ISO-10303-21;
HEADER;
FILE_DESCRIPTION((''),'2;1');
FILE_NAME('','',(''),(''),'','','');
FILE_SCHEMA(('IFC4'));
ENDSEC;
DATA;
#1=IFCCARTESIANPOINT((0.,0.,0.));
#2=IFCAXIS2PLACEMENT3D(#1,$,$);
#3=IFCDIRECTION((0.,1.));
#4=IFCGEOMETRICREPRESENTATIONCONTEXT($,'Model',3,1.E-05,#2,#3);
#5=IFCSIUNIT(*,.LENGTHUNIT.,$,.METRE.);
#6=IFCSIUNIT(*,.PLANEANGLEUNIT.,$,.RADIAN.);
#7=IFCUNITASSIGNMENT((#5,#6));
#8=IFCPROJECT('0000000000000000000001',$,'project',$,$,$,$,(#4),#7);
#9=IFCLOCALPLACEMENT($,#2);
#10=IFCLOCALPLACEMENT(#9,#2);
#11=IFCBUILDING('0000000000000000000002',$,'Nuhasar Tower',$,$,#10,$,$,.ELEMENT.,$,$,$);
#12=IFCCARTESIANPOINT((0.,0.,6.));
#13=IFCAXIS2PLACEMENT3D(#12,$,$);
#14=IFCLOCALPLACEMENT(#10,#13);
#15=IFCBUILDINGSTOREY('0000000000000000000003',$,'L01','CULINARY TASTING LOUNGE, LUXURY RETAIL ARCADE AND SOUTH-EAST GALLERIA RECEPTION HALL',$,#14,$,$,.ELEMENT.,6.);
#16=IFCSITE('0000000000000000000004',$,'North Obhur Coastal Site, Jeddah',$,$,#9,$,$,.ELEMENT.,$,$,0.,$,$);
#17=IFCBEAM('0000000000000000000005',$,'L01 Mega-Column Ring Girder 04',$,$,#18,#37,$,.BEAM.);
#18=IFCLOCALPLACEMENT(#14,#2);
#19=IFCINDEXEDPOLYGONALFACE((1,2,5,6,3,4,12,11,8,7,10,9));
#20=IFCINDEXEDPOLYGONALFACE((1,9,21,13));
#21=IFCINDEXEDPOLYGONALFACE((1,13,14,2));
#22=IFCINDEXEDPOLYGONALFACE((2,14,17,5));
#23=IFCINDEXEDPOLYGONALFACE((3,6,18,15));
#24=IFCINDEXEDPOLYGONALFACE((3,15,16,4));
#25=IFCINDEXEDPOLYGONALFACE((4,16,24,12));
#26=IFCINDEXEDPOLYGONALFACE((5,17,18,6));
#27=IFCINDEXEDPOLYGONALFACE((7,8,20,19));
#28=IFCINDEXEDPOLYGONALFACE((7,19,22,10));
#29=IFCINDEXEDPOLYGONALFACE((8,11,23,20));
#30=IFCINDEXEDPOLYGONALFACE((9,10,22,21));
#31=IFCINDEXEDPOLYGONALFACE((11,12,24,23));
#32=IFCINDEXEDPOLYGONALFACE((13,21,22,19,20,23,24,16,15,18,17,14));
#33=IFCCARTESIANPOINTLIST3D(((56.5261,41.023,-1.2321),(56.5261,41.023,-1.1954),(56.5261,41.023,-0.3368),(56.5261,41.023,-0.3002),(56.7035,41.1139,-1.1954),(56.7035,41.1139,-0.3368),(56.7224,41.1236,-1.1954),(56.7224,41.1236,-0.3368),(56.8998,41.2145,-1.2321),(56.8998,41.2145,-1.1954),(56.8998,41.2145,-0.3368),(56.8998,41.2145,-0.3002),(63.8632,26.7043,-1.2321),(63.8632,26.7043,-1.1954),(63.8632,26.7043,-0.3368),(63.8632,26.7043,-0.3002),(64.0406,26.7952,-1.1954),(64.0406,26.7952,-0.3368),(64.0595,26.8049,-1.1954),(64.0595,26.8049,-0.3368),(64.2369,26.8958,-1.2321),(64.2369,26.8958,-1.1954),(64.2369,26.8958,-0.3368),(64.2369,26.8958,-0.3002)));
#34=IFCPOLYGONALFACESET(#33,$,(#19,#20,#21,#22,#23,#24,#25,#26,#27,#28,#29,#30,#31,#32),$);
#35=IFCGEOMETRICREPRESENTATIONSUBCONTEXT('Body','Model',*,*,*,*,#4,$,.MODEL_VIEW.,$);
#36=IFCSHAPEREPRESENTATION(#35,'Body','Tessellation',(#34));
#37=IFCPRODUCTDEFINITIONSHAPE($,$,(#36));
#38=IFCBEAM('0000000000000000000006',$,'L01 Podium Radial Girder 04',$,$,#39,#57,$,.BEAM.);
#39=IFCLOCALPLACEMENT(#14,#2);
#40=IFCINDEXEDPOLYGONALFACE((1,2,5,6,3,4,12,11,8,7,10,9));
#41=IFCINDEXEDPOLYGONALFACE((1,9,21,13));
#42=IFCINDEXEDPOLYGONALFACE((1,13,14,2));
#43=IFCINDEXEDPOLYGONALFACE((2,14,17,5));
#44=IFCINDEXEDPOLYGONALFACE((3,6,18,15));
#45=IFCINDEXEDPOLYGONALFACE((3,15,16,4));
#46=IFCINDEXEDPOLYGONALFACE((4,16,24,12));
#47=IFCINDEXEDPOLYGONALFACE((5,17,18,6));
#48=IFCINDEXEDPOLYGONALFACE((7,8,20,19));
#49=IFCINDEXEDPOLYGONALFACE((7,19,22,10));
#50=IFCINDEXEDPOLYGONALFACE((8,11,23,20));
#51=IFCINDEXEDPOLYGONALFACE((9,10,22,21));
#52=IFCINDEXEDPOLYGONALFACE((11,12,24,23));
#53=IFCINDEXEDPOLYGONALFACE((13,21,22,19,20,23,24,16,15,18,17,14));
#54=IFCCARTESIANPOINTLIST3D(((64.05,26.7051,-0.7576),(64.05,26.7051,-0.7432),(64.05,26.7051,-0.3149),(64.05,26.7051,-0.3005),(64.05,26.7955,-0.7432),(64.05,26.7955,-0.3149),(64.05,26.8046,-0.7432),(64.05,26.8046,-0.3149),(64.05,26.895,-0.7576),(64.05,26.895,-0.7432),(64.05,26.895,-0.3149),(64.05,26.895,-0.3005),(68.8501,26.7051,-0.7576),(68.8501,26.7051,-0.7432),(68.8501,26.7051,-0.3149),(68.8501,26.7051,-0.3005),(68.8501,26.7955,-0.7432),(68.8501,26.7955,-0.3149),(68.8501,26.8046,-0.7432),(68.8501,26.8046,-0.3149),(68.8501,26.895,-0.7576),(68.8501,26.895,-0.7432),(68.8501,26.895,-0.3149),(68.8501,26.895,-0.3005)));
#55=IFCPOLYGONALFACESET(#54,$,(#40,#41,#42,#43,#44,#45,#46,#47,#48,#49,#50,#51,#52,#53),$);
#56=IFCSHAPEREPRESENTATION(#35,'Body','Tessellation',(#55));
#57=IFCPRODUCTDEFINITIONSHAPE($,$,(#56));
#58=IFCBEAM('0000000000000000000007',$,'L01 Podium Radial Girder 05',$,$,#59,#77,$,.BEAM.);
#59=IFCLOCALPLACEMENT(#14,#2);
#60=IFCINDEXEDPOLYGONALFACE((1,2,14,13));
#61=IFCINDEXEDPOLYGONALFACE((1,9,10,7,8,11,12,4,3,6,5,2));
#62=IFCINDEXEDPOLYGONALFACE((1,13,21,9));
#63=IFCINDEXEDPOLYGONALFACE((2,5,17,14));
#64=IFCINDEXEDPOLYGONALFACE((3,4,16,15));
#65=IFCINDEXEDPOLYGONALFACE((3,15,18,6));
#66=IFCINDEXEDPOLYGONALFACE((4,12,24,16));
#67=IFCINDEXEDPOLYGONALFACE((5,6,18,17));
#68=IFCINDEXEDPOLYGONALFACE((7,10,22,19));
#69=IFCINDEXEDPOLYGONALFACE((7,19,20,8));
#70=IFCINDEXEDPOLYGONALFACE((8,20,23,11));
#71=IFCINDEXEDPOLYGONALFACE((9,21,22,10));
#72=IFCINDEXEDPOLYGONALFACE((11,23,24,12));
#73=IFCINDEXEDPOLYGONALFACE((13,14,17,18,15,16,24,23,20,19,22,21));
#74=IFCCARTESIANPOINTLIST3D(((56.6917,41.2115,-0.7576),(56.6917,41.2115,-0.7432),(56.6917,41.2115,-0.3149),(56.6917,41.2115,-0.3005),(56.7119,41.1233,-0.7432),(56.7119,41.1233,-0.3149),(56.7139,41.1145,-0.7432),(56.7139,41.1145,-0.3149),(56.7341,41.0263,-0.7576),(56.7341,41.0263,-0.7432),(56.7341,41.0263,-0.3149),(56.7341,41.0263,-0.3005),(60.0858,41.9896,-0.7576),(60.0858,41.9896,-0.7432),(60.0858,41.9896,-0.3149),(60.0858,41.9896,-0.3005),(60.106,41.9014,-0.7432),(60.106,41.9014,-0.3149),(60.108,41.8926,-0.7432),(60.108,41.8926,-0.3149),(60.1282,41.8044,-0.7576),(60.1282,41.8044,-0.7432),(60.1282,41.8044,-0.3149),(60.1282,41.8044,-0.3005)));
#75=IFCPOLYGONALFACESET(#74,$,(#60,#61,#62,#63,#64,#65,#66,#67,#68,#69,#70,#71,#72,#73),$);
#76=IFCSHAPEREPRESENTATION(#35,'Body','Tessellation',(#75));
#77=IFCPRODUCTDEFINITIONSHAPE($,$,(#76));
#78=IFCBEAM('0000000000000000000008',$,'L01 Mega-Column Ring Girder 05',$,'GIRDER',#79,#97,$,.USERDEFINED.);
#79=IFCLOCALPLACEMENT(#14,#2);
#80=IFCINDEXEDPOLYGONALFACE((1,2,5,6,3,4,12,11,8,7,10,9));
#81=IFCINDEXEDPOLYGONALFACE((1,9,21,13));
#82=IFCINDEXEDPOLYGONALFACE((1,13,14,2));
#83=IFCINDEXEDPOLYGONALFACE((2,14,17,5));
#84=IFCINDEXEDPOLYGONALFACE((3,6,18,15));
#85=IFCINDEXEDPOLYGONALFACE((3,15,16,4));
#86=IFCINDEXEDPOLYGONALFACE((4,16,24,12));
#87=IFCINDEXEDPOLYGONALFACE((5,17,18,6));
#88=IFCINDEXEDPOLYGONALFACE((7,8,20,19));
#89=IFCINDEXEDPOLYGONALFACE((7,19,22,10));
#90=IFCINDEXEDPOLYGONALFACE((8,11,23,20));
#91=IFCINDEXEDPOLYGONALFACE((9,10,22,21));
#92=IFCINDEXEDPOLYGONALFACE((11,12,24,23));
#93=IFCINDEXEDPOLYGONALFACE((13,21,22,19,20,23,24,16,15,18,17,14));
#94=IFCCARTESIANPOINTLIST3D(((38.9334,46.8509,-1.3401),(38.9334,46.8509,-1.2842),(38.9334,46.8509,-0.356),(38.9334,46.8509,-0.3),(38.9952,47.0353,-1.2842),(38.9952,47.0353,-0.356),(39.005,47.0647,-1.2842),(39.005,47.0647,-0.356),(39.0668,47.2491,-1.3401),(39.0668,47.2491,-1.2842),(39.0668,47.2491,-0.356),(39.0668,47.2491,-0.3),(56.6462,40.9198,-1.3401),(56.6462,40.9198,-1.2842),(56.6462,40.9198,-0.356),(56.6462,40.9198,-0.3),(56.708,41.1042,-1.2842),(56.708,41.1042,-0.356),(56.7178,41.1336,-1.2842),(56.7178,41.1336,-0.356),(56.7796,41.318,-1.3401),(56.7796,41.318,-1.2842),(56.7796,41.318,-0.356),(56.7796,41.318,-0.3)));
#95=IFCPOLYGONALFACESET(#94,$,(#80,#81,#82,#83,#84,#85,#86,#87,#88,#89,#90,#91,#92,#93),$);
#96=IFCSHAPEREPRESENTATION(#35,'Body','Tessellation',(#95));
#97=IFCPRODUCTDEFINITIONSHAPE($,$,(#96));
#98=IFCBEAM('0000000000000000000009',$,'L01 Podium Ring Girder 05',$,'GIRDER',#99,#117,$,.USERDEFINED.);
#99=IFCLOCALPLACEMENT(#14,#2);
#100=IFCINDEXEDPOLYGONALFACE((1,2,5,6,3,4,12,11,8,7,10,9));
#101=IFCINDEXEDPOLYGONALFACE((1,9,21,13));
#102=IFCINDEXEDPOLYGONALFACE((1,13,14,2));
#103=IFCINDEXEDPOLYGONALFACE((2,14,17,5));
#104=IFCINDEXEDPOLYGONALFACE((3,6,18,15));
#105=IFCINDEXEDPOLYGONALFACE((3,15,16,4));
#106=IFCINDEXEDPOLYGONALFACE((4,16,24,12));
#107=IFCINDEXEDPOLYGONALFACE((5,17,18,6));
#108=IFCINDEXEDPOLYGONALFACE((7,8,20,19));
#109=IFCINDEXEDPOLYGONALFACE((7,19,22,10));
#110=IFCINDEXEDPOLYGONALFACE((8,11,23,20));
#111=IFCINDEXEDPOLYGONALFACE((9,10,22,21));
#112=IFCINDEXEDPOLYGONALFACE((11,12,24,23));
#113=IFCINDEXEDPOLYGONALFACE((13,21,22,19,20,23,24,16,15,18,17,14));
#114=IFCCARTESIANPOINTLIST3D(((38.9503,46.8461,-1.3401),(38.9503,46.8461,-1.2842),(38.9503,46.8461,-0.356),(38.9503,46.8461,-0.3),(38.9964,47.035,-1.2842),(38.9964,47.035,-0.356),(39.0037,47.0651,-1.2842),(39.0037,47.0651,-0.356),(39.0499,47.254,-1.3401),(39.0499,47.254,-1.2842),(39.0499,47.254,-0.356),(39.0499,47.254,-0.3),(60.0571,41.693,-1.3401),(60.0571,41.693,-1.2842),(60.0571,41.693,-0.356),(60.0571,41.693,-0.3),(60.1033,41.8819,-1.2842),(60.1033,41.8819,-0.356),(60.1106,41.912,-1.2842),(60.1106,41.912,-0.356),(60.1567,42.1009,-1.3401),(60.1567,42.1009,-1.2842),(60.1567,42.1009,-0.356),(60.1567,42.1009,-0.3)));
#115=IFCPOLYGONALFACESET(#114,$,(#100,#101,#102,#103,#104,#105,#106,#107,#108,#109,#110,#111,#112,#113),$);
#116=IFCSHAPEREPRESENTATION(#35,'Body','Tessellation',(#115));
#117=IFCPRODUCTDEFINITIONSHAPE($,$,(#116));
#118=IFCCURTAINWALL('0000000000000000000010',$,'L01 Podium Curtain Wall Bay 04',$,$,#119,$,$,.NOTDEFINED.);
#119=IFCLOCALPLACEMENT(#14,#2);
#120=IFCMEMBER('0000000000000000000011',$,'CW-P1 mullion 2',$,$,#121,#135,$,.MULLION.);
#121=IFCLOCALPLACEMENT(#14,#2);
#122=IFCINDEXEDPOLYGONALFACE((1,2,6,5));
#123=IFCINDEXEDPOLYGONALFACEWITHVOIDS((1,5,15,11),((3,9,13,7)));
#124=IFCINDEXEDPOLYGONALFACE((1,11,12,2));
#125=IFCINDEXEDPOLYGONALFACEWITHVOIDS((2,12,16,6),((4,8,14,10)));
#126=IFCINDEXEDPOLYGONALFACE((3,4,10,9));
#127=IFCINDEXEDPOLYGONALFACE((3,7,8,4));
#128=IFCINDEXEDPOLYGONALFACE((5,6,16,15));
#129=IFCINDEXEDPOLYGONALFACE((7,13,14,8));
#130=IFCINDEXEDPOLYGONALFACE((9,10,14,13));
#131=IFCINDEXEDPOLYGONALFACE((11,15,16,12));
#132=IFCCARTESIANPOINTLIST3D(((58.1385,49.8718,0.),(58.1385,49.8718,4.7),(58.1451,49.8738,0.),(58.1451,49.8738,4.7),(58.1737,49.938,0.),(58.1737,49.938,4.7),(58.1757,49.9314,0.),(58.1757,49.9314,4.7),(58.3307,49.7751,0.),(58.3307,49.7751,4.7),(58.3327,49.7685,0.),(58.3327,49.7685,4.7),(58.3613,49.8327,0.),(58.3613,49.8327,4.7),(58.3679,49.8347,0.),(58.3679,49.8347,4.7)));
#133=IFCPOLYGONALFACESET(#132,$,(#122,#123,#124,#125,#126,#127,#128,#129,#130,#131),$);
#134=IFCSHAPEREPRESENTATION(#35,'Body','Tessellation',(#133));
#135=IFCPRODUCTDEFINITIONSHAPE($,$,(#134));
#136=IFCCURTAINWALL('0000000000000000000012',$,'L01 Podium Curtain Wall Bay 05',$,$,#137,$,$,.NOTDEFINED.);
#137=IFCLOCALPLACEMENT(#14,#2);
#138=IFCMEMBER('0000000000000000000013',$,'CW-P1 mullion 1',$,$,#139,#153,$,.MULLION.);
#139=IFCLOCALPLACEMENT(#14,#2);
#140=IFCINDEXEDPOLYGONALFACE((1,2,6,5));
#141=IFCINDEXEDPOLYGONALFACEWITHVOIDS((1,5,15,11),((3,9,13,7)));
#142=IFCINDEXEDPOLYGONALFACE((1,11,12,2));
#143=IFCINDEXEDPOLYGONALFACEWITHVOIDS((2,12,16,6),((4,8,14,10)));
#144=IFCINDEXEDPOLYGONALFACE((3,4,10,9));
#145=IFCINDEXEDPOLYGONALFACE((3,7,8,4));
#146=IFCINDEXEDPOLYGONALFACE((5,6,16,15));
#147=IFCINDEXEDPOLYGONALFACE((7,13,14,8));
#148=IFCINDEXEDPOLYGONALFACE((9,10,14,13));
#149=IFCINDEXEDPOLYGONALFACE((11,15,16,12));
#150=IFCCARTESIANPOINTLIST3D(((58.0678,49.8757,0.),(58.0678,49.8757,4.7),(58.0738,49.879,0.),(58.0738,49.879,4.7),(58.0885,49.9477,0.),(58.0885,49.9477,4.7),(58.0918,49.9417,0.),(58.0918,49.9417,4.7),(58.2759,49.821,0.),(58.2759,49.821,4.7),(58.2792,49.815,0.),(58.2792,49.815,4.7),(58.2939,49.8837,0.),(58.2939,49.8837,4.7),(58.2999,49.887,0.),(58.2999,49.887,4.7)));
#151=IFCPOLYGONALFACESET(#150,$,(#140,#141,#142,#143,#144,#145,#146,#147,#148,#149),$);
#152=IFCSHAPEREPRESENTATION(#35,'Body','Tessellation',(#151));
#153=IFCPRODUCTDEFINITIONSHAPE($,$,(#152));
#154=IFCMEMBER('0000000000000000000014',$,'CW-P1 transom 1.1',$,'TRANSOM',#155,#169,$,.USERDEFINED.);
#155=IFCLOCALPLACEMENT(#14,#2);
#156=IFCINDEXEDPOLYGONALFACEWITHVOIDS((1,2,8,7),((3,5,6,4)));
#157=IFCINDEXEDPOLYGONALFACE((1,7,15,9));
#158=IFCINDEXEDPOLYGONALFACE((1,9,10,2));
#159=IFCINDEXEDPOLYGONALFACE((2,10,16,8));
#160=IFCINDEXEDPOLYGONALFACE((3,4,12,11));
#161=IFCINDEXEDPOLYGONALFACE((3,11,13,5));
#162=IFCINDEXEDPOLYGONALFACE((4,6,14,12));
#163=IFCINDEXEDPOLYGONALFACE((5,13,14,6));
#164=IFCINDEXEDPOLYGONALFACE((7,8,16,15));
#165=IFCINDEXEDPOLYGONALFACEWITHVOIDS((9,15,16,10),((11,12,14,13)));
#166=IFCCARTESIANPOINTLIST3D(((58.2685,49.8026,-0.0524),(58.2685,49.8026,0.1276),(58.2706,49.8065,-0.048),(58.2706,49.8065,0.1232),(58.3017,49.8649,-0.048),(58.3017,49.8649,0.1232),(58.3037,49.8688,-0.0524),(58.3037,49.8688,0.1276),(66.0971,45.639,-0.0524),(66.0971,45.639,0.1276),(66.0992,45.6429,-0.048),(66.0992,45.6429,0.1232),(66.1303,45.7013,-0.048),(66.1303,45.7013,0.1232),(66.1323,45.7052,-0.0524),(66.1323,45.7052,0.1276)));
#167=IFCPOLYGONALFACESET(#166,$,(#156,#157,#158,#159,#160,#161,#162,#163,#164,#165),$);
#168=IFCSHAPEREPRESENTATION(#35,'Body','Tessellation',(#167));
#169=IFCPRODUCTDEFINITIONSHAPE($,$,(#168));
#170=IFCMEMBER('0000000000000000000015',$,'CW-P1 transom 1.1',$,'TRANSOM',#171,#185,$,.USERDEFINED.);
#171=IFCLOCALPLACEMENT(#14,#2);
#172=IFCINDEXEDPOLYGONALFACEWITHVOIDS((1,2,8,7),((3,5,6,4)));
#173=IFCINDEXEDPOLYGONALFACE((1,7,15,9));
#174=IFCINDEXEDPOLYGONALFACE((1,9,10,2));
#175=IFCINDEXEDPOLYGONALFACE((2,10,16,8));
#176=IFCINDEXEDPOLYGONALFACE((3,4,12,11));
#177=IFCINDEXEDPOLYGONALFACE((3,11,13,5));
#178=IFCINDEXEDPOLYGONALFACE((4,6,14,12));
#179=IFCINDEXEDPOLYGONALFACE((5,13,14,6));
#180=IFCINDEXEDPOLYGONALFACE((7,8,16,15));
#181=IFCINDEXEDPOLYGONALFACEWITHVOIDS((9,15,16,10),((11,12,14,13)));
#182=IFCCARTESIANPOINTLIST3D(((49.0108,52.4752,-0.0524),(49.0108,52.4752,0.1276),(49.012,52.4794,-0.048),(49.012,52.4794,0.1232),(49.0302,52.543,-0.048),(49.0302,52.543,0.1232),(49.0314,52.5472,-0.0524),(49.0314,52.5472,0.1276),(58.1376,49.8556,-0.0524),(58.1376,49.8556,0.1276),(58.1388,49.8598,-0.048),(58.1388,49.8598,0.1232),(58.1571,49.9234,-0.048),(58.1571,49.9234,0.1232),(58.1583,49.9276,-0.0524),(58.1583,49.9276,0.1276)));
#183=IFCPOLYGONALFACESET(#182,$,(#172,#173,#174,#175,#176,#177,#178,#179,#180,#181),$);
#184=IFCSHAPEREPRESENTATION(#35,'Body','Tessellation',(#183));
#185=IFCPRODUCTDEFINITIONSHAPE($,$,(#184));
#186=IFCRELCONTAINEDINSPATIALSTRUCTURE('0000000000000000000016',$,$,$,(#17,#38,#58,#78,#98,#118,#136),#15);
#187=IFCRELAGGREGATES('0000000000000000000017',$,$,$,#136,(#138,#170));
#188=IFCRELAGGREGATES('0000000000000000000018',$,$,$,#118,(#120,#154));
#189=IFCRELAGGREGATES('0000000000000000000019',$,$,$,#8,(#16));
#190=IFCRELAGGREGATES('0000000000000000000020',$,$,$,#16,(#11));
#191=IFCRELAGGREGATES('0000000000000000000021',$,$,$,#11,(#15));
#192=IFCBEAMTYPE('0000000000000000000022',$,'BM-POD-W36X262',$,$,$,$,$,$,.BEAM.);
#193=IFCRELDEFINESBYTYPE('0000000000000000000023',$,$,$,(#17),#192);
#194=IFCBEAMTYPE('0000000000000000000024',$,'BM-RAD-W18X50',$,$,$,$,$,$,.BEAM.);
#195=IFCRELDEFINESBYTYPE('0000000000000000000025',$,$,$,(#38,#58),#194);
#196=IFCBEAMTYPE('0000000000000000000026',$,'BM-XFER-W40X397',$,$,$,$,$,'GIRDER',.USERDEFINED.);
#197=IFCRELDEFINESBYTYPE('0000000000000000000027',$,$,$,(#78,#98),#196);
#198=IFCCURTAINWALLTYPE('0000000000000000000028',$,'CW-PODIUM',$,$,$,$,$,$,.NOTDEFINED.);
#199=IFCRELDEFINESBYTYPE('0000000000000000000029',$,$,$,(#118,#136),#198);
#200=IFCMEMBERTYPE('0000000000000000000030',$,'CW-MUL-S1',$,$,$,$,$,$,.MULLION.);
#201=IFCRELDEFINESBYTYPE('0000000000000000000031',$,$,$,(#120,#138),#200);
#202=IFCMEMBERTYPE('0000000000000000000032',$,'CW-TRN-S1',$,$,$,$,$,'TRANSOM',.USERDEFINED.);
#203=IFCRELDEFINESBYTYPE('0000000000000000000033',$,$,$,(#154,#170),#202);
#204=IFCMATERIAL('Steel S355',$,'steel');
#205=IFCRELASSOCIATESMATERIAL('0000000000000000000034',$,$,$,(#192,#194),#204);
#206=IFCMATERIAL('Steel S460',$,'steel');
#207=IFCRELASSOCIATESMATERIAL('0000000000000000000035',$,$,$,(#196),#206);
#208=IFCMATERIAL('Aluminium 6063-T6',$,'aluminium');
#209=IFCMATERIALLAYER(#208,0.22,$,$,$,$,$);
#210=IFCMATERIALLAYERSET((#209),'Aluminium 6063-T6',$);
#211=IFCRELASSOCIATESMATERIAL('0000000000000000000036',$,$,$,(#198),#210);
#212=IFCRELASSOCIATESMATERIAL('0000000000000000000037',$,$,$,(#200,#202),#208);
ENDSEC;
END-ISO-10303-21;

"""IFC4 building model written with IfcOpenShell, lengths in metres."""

from ifc_helpers import new_model, si_unit, direction, frame, origin, origin_2d, place, context, subcontext, project, spatial, hollow_rectangle, i_section, extrude, material, layer, layer_set, material_profile, profile_set, type_object, element, aggregate, save


model = new_model("IFC4")

# Units and contexts
model_context = context("Model", 3, precision=1e-05, world=origin(), true_north=direction((0.0, 1.0)))
body_context = subcontext(model_context, "Body", "Model", "MODEL_VIEW")
ifc_project = project(units=[si_unit("LENGTHUNIT", "METRE"), si_unit("PLANEANGLEUNIT", "RADIAN")], contexts=[model_context])

# Site, building, storey
site_placement = place(None, origin())
site = spatial("IfcSite", under=ifc_project, at=site_placement, Name="North Obhur Coastal Site, Jeddah", CompositionType="ELEMENT", RefElevation=0.0)
building_placement = place(site_placement, origin())
building = spatial("IfcBuilding", under=site, at=building_placement, Name="Nuhasar Tower", CompositionType="ELEMENT")
storey_placement = place(building_placement, frame((0.0, 0.0, 6.0)))
storey = spatial("IfcBuildingStorey", under=building, at=storey_placement, Name="L01", Description="CULINARY TASTING LOUNGE, LUXURY RETAIL ARCADE AND SOUTH-EAST GALLERIA RECEPTION HALL", CompositionType="ELEMENT", Elevation=6.0)

# Beams
ifc_material_1 = material(Name="Steel S355", Category="steel")
ifc_material_profile_1 = material_profile(ifc_material_1, i_section(OverallWidth=0.4199, OverallDepth=0.9319, WebThickness=0.0212, FlangeThickness=0.0366, at=origin_2d()), Name="W36X262")
ifc_profile_set_1 = profile_set([ifc_material_profile_1], Name="Steel S355")
beam_type_1 = type_object("IfcBeamType", Name="BM-POD-W36X262", PredefinedType="BEAM", material=ifc_profile_set_1)
beam_1_placement = place(storey_placement, frame((64.05, 26.8, -0.7661), z_axis=(-0.456029, 0.889965, 0.0), x_axis=(-0.889965, -0.456029, 0.0)))
element("IfcBeam", 1, at=beam_1_placement, inside=storey, type_object=beam_type_1, Name="L01 Mega-Column Ring Girder 04", PredefinedType="BEAM", context=body_context, shape_type="SweptSolid", body=[
    extrude(i_section(OverallWidth=0.4199, OverallDepth=0.9319, WebThickness=0.0212, FlangeThickness=0.0366, at=origin_2d()), origin(), (0.0, 0.0, 1.0), 16.0891),
])
ifc_material_profile_2 = material_profile(ifc_material_1, i_section(OverallWidth=0.1899, OverallDepth=0.457, WebThickness=0.009, FlangeThickness=0.0144, at=origin_2d()), Name="W18X50")
ifc_profile_set_2 = profile_set([ifc_material_profile_2], Name="Steel S355")
beam_type_2 = type_object("IfcBeamType", Name="BM-RAD-W18X50", PredefinedType="BEAM", material=ifc_profile_set_2)
beam_2_placement = place(storey_placement, frame((64.05, 26.8, -0.5291), z_axis=(1.0, 0.0, 0.0), x_axis=(0.0, 1.0, 0.0)))
element("IfcBeam", 2, at=beam_2_placement, inside=storey, type_object=beam_type_2, Name="L01 Podium Radial Girder 04", PredefinedType="BEAM", context=body_context, shape_type="SweptSolid", body=[
    extrude(i_section(OverallWidth=0.1899, OverallDepth=0.457, WebThickness=0.009, FlangeThickness=0.0144, at=origin_2d()), origin(), (0.0, 0.0, 1.0), 4.8),
])
beam_3_placement = place(storey_placement, frame((56.7129, 41.1189, -0.5291), z_axis=(0.974715, 0.223451, 0.0), x_axis=(-0.223451, 0.974715, 0.0)))
element("IfcBeam", 3, at=beam_3_placement, inside=storey, type_object=beam_type_2, Name="L01 Podium Radial Girder 05", PredefinedType="BEAM", context=body_context, shape_type="SweptSolid", body=[
    extrude(i_section(OverallWidth=0.1899, OverallDepth=0.457, WebThickness=0.009, FlangeThickness=0.0144, at=origin_2d()), origin(), (0.0, 0.0, 1.0), 3.4822),
])
ifc_material_2 = material(Name="Steel S460", Category="steel")
ifc_material_profile_3 = material_profile(ifc_material_2, i_section(OverallWidth=0.4199, OverallDepth=1.04, WebThickness=0.031, FlangeThickness=0.0559, at=origin_2d()), Name="W40X397")
ifc_profile_set_3 = profile_set([ifc_material_profile_3], Name="Steel S460")
beam_type_3 = type_object("IfcBeamType", Name="BM-XFER-W40X397", ElementType="GIRDER", PredefinedType="USERDEFINED", material=ifc_profile_set_3)
beam_4_placement = place(storey_placement, frame((56.7129, 41.1189, -0.8201), z_axis=(-0.948251, 0.317521, 0.0), x_axis=(-0.317521, -0.948251, 0.0)))
element("IfcBeam", 4, at=beam_4_placement, inside=storey, type_object=beam_type_3, Name="L01 Mega-Column Ring Girder 05", ObjectType="GIRDER", PredefinedType="USERDEFINED", context=body_context, shape_type="SweptSolid", body=[
    extrude(i_section(OverallWidth=0.4199, OverallDepth=1.04, WebThickness=0.031, FlangeThickness=0.0559, at=origin_2d()), origin(), (0.0, 0.0, 1.0), 18.6794),
])
beam_5_placement = place(storey_placement, frame((60.1069, 41.897, -0.8201), z_axis=(-0.971467, 0.237175, 0.0), x_axis=(-0.237175, -0.971467, 0.0)))
element("IfcBeam", 5, at=beam_5_placement, inside=storey, type_object=beam_type_3, Name="L01 Podium Ring Girder 05", ObjectType="GIRDER", PredefinedType="USERDEFINED", context=body_context, shape_type="SweptSolid", body=[
    extrude(i_section(OverallWidth=0.4199, OverallDepth=1.04, WebThickness=0.031, FlangeThickness=0.0559, at=origin_2d()), origin(), (0.0, 0.0, 1.0), 21.7268),
])

# Curtain walls, members
ifc_material_3 = material(Name="Aluminium 6063-T6", Category="aluminium")
ifc_layer_1 = layer(ifc_material_3, 0.22)
ifc_layer_set_1 = layer_set([ifc_layer_1], Name="Aluminium 6063-T6")
curtain_wall_type = type_object("IfcCurtainWallType", Name="CW-PODIUM", PredefinedType="NOTDEFINED", material=ifc_layer_set_1)
curtain_wall_1_placement = place(storey_placement, origin())
curtain_wall_1 = element("IfcCurtainWall", 6, at=curtain_wall_1_placement, inside=storey, type_object=curtain_wall_type, Name="L01 Podium Curtain Wall Bay 04", PredefinedType="NOTDEFINED")
ifc_material_profile_4 = material_profile(ifc_material_3, hollow_rectangle(XDim=0.075, YDim=0.22, WallThickness=0.0049, at=origin_2d()), Name="CWM-1")
ifc_profile_set_4 = profile_set([ifc_material_profile_4], Name="Aluminium 6063-T6")
member_type_1 = type_object("IfcMemberType", Name="CW-MUL-S1", PredefinedType="MULLION", material=ifc_profile_set_4)
member_1_placement = place(storey_placement, frame((58.2532, 49.8533, 0.0), z_axis=(0.0, 0.0, 1.0), x_axis=(-0.469563, -0.882899, 0.0)))
member_1 = element("IfcMember", 7, at=member_1_placement, type_object=member_type_1, Name="CW-P1 mullion 2", PredefinedType="MULLION", context=body_context, shape_type="SweptSolid", body=[
    extrude(hollow_rectangle(XDim=0.075, YDim=0.22, WallThickness=0.0049, at=origin_2d()), origin(), (0.0, 0.0, 1.0), 4.7),
])
curtain_wall_2_placement = place(storey_placement, origin())
curtain_wall_2 = element("IfcCurtainWall", 8, at=curtain_wall_2_placement, inside=storey, type_object=curtain_wall_type, Name="L01 Podium Curtain Wall Bay 05", PredefinedType="NOTDEFINED")
member_2_placement = place(storey_placement, frame((58.1838, 49.8813, 0.0), z_axis=(0.0, 0.0, 1.0), x_axis=(-0.275885, -0.961191, 0.0)))
member_2 = element("IfcMember", 9, at=member_2_placement, type_object=member_type_1, Name="CW-P1 mullion 1", PredefinedType="MULLION", context=body_context, shape_type="SweptSolid", body=[
    extrude(hollow_rectangle(XDim=0.075, YDim=0.22, WallThickness=0.0049, at=origin_2d()), origin(), (0.0, 0.0, 1.0), 4.7),
])

# Members
ifc_material_profile_5 = material_profile(ifc_material_3, hollow_rectangle(XDim=0.075, YDim=0.1799, WallThickness=0.0044, at=origin_2d()), Name="CWT-1")
ifc_profile_set_5 = profile_set([ifc_material_profile_5], Name="Aluminium 6063-T6")
member_type_2 = type_object("IfcMemberType", Name="CW-TRN-S1", ElementType="TRANSOM", PredefinedType="USERDEFINED", material=ifc_profile_set_5)
member_3_placement = place(storey_placement, frame((66.1147, 45.6721, 0.0376), z_axis=(-0.8829, 0.469562, 0.0), x_axis=(-0.469562, -0.8829, 0.0)))
member_3 = element("IfcMember", 10, at=member_3_placement, type_object=member_type_2, Name="CW-P1 transom 1.1", ObjectType="TRANSOM", PredefinedType="USERDEFINED", context=body_context, shape_type="SweptSolid", body=[
    extrude(hollow_rectangle(XDim=0.075, YDim=0.1799, WallThickness=0.0044, at=origin_2d()), origin(), (0.0, 0.0, 1.0), 8.8669),
])
member_4_placement = place(storey_placement, frame((58.1479, 49.8916, 0.0376), z_axis=(-0.961191, 0.275882, 0.0), x_axis=(-0.275882, -0.961191, 0.0)))
member_4 = element("IfcMember", 11, at=member_4_placement, type_object=member_type_2, Name="CW-P1 transom 1.1", ObjectType="TRANSOM", PredefinedType="USERDEFINED", context=body_context, shape_type="SweptSolid", body=[
    extrude(hollow_rectangle(XDim=0.075, YDim=0.1799, WallThickness=0.0044, at=origin_2d()), origin(), (0.0, 0.0, 1.0), 9.4954),
])

aggregate(curtain_wall_2, [member_2, member_4])
aggregate(curtain_wall_1, [member_1, member_3])

save(model, "model.ifc")
